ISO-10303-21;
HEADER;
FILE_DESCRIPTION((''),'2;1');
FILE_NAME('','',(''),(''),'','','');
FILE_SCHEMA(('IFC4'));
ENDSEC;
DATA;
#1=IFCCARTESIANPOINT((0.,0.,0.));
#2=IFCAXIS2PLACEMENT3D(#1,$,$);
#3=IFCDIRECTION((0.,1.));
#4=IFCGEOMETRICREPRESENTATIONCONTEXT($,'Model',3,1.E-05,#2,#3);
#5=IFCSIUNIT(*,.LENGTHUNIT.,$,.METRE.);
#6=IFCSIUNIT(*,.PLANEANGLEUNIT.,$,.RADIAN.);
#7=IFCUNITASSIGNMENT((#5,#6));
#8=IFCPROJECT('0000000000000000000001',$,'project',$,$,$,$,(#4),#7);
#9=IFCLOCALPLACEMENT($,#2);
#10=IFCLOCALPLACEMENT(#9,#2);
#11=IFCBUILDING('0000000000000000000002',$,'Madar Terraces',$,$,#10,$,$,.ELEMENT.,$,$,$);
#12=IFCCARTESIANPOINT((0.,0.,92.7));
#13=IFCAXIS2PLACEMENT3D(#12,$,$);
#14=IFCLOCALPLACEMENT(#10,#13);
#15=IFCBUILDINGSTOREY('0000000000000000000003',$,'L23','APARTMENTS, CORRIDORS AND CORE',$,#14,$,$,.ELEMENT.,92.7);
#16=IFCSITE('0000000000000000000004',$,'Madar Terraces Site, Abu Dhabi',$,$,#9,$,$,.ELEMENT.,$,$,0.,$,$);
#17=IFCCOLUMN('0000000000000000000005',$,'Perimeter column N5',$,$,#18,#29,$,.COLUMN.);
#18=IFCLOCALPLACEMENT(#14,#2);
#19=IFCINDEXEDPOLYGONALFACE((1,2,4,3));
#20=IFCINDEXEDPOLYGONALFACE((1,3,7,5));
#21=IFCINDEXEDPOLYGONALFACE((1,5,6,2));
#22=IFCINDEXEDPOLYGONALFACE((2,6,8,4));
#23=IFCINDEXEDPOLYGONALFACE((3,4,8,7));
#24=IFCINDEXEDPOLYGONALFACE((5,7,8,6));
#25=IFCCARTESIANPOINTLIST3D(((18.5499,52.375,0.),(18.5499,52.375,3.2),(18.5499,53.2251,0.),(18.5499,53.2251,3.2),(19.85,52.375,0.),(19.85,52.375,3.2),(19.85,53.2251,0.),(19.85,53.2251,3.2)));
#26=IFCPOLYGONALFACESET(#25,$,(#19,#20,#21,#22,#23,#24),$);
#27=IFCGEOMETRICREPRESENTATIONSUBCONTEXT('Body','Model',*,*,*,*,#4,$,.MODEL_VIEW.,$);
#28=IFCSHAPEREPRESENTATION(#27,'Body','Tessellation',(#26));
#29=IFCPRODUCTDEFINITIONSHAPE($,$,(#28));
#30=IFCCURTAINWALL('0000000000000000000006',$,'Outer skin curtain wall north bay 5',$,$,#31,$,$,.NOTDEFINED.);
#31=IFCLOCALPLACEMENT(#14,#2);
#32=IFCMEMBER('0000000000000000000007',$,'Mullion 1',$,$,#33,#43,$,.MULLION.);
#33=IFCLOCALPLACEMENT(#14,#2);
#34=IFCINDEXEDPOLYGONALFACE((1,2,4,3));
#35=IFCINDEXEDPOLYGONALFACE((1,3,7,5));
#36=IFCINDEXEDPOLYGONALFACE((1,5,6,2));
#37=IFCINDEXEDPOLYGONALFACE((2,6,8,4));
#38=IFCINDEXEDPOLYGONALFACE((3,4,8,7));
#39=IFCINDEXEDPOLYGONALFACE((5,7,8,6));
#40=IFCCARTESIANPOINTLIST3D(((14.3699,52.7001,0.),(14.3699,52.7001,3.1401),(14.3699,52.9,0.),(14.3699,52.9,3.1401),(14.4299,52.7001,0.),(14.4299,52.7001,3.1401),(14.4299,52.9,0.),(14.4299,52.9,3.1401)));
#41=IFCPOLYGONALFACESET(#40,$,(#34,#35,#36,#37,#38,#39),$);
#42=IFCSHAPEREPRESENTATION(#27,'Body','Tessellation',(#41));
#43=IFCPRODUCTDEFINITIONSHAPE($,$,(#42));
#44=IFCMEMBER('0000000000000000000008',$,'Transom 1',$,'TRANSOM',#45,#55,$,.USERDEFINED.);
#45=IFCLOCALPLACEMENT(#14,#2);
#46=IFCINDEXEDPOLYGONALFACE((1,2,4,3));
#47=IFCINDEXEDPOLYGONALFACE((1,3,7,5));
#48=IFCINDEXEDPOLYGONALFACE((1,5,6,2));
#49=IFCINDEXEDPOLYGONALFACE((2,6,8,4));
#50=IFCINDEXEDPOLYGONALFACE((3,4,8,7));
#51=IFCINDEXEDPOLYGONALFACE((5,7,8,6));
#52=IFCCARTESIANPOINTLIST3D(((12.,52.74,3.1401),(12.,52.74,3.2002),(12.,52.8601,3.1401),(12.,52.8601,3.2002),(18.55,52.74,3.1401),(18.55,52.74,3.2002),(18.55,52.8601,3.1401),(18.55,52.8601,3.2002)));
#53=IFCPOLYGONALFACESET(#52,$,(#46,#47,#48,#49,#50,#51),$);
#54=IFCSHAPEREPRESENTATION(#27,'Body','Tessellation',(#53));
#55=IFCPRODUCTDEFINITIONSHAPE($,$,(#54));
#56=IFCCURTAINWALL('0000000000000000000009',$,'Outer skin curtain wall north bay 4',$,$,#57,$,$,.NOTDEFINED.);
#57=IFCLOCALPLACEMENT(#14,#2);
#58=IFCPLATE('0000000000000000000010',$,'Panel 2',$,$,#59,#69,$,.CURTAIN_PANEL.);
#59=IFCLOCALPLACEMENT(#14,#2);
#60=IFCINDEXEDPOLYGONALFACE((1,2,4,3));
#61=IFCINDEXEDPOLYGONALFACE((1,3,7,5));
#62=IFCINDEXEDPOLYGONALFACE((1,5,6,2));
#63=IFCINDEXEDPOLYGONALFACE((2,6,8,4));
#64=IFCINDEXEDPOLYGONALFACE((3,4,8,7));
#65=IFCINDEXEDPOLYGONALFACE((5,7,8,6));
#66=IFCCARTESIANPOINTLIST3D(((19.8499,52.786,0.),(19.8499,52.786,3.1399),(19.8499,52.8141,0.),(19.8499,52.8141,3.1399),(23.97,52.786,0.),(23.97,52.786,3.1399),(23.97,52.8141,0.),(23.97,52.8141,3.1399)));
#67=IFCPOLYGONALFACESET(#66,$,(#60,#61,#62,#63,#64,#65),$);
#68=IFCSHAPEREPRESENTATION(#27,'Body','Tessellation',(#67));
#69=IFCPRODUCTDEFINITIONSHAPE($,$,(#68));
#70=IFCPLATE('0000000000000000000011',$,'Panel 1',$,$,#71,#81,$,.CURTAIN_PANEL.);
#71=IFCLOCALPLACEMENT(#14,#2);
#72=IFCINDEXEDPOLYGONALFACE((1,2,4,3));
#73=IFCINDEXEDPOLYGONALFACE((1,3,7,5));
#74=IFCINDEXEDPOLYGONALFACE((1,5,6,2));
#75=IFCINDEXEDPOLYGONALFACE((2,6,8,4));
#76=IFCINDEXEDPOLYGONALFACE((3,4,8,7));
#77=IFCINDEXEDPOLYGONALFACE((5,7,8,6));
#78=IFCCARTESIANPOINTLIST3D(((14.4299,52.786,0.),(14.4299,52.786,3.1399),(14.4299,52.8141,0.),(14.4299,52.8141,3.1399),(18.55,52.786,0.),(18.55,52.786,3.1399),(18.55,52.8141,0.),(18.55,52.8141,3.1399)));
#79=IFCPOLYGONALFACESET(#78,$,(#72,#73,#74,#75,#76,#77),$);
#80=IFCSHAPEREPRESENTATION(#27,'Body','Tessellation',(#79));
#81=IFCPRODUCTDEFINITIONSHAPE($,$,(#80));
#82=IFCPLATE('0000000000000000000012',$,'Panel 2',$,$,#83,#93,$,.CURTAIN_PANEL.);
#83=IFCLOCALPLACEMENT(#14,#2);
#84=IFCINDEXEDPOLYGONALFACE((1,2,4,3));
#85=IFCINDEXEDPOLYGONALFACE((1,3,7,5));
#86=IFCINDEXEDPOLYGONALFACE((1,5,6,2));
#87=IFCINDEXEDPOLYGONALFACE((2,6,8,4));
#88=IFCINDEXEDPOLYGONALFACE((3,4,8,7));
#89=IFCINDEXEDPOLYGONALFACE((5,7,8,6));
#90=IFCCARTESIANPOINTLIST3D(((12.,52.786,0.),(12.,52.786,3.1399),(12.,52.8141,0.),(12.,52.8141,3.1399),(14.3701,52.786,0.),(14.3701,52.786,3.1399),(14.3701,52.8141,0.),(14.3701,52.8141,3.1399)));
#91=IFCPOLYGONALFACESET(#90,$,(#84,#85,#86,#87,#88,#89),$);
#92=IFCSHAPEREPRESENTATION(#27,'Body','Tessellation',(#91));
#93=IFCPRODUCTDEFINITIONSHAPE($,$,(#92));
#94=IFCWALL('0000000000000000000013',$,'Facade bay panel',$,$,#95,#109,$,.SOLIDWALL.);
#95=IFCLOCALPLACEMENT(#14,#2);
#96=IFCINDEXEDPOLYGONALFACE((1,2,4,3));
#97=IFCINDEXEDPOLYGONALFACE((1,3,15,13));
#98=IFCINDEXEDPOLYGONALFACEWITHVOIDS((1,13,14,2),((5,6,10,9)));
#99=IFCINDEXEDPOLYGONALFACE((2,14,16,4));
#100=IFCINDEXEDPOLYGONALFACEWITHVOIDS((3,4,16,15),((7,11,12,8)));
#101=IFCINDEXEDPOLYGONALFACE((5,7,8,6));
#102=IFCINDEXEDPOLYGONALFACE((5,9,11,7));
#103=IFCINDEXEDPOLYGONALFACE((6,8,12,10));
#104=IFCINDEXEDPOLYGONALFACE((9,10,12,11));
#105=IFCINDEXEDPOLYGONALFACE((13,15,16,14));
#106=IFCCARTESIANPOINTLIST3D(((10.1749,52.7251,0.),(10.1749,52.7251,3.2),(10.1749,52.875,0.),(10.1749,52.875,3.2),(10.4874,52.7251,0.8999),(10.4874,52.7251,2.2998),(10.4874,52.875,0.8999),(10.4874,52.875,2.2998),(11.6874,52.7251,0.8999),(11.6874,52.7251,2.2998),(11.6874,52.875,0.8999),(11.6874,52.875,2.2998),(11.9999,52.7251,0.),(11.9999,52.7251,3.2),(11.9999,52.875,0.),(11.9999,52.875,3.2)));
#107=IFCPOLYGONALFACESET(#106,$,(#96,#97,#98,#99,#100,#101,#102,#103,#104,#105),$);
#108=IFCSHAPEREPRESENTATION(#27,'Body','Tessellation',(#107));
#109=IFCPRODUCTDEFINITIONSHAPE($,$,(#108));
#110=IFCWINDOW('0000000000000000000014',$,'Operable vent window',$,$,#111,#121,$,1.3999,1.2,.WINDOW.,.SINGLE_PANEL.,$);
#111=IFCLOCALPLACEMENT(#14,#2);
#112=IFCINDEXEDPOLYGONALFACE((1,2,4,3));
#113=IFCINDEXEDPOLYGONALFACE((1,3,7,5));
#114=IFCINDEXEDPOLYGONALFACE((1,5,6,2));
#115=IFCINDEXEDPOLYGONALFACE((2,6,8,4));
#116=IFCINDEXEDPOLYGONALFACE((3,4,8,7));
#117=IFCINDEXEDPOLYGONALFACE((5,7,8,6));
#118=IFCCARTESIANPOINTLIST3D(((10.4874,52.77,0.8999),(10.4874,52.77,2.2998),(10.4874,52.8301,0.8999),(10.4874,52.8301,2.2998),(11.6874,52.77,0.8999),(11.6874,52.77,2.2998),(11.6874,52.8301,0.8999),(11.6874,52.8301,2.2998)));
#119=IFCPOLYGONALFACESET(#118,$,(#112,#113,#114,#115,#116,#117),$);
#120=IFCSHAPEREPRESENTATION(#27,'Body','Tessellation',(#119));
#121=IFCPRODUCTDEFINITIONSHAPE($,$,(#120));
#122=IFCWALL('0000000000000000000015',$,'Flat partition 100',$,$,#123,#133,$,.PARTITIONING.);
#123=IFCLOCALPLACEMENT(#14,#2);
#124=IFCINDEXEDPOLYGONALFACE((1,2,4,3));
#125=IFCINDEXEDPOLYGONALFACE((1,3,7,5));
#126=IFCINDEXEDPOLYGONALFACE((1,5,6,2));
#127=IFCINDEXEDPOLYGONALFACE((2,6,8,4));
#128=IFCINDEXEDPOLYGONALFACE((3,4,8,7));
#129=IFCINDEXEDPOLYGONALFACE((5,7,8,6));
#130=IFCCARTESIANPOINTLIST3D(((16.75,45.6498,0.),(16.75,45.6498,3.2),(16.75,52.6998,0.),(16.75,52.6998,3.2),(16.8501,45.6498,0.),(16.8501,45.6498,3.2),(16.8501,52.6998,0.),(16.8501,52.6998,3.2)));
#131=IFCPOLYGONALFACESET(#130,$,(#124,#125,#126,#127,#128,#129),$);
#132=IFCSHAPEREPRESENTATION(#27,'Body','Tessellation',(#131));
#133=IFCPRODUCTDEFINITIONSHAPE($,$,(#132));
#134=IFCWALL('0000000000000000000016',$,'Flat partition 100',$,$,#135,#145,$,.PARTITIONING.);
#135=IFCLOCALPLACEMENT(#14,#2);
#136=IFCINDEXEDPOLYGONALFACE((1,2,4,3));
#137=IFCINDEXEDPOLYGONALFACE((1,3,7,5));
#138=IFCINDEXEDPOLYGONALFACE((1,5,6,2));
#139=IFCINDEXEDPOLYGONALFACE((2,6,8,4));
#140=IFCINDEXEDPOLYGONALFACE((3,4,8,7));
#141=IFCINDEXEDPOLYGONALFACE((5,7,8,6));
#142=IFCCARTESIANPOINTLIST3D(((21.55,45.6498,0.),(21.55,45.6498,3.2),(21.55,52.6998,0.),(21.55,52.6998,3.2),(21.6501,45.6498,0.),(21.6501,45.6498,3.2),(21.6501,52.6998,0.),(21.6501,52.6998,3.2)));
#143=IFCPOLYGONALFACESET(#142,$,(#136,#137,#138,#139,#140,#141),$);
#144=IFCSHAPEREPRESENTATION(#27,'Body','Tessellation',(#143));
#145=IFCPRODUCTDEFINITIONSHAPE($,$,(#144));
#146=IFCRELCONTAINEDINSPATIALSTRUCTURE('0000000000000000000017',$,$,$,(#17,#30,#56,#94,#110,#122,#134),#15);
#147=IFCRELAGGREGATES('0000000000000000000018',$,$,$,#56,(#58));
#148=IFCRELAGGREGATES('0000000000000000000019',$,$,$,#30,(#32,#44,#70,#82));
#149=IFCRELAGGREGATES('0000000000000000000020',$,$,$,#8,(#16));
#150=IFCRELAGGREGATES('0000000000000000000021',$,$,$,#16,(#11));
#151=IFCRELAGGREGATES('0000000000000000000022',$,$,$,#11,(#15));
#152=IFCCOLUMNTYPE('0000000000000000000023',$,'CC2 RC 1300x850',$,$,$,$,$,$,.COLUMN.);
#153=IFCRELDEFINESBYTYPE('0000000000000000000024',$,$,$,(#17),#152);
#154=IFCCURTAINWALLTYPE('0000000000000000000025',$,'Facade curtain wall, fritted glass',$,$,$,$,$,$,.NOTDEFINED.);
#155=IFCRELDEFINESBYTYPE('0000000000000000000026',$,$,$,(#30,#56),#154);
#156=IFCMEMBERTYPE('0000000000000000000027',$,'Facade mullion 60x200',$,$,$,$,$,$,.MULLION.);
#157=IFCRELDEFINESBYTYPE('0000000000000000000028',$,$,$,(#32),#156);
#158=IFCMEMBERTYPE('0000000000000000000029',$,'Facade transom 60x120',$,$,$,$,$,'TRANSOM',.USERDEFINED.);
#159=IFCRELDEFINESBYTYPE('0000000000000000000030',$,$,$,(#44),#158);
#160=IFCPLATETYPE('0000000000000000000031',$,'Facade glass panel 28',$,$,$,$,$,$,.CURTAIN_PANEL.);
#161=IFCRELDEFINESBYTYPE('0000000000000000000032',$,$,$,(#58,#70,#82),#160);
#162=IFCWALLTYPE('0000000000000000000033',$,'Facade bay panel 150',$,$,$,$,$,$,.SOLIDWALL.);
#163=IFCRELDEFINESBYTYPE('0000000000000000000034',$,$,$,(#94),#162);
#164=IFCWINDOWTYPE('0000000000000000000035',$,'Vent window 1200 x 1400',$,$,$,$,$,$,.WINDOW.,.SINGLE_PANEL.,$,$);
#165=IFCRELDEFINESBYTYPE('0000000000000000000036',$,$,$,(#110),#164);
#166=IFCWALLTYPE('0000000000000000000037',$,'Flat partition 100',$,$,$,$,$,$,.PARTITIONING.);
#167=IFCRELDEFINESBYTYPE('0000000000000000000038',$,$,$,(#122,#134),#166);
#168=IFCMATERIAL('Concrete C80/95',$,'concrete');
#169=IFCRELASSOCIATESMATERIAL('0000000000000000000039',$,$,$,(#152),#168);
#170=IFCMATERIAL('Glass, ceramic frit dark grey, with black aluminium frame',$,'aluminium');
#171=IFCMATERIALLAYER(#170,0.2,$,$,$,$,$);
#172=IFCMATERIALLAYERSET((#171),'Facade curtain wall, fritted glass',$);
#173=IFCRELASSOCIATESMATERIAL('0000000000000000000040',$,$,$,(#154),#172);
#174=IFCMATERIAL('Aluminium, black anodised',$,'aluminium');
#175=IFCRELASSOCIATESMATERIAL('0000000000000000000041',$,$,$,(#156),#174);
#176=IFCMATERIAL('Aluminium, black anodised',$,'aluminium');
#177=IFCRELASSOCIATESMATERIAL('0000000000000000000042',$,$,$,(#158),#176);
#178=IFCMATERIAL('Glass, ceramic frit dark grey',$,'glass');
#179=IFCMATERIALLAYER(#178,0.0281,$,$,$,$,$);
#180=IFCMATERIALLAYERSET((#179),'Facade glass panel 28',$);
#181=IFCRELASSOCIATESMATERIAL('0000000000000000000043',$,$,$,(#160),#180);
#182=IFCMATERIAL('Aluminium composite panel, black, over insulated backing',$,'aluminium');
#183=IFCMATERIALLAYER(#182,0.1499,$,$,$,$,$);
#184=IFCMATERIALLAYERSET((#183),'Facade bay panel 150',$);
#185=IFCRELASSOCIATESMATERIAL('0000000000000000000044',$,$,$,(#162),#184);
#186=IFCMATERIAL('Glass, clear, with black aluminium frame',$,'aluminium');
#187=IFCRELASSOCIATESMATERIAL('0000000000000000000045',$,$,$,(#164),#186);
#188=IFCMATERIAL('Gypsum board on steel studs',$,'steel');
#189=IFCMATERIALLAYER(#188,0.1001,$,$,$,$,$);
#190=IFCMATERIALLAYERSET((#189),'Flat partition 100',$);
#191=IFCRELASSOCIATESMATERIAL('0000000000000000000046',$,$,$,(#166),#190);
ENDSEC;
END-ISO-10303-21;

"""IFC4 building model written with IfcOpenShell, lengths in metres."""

from ifc_helpers import new_model, si_unit, direction, frame, frame_2d, origin, origin_2d, place, context, subcontext, project, spatial, rectangle, extrude, material, layer, layer_set, material_profile, profile_set, type_object, element, fill, aggregate, save


model = new_model("IFC4")

# Units and contexts
model_context = context("Model", 3, precision=1e-05, world=origin(), true_north=direction((0.0, 1.0)))
body_context = subcontext(model_context, "Body", "Model", "MODEL_VIEW")
ifc_project = project(units=[si_unit("LENGTHUNIT", "METRE"), si_unit("PLANEANGLEUNIT", "RADIAN")], contexts=[model_context])

# Site, building, storey
site_placement = place(None, origin())
site = spatial("IfcSite", under=ifc_project, at=site_placement, Name="Madar Terraces Site, Abu Dhabi", CompositionType="ELEMENT", RefElevation=0.0)
building_placement = place(site_placement, origin())
building = spatial("IfcBuilding", under=site, at=building_placement, Name="Madar Terraces", CompositionType="ELEMENT")
storey_placement = place(building_placement, frame((0.0, 0.0, 92.7)))
storey = spatial("IfcBuildingStorey", under=building, at=storey_placement, Name="L23", Description="APARTMENTS, CORRIDORS AND CORE", CompositionType="ELEMENT", Elevation=92.7)

# Column
ifc_material_1 = material(Name="Concrete C80/95", Category="concrete")
ifc_material_profile_1 = material_profile(ifc_material_1, rectangle(XDim=1.3, YDim=0.8501, at=origin_2d()), Name="CC2 RC 1300x850")
ifc_profile_set_1 = profile_set([ifc_material_profile_1], Name="Concrete C80/95")
column_type = type_object("IfcColumnType", Name="CC2 RC 1300x850", PredefinedType="COLUMN", material=ifc_profile_set_1)
column_placement = place(storey_placement, frame((19.2, 52.8, 0.0), z_axis=(0.0, 0.0, 1.0), x_axis=(1.0, 0.0, 0.0)))
element("IfcColumn", 1, at=column_placement, inside=storey, type_object=column_type, Name="Perimeter column N5", PredefinedType="COLUMN", context=body_context, shape_type="SweptSolid", body=[
    extrude(rectangle(XDim=1.3, YDim=0.8501, at=origin_2d()), origin(), (0.0, 0.0, 1.0), 3.2),
])

# Curtain wall, members
ifc_material_2 = material(Name="Glass, ceramic frit dark grey, with black aluminium frame", Category="aluminium")
ifc_layer_1 = layer(ifc_material_2, 0.2)
ifc_layer_set_1 = layer_set([ifc_layer_1], Name="Facade curtain wall, fritted glass")
curtain_wall_type = type_object("IfcCurtainWallType", Name="Facade curtain wall, fritted glass", PredefinedType="NOTDEFINED", material=ifc_layer_set_1)
curtain_wall_1_placement = place(storey_placement, origin())
curtain_wall_1 = element("IfcCurtainWall", 2, at=curtain_wall_1_placement, inside=storey, type_object=curtain_wall_type, Name="Outer skin curtain wall north bay 5", PredefinedType="NOTDEFINED")
ifc_material_3 = material(Name="Aluminium, black anodised", Category="aluminium")
ifc_material_profile_2 = material_profile(ifc_material_3, rectangle(XDim=0.2, YDim=0.0601, at=origin_2d()), Name="Facade mullion 60x200")
ifc_profile_set_2 = profile_set([ifc_material_profile_2], Name="Aluminium, black anodised")
member_type_1 = type_object("IfcMemberType", Name="Facade mullion 60x200", PredefinedType="MULLION", material=ifc_profile_set_2)
member_1_placement = place(storey_placement, frame((14.3999, 52.8, 0.0), z_axis=(0.0, 0.0, 1.0), x_axis=(0.0, -1.0, 0.0)))
member_1 = element("IfcMember", 3, at=member_1_placement, type_object=member_type_1, Name="Mullion 1", PredefinedType="MULLION", context=body_context, shape_type="SweptSolid", body=[
    extrude(rectangle(XDim=0.2, YDim=0.0601, at=origin_2d()), origin(), (0.0, 0.0, 1.0), 3.1401),
])
ifc_material_4 = material(Name="Aluminium, black anodised", Category="aluminium")
ifc_material_profile_3 = material_profile(ifc_material_4, rectangle(XDim=0.1201, YDim=0.0601, at=origin_2d()), Name="Facade transom 60x120")
ifc_profile_set_3 = profile_set([ifc_material_profile_3], Name="Aluminium, black anodised")
member_type_2 = type_object("IfcMemberType", Name="Facade transom 60x120", ElementType="TRANSOM", PredefinedType="USERDEFINED", material=ifc_profile_set_3)
member_2_placement = place(storey_placement, frame((18.55, 52.8, 3.1702), z_axis=(-1.0, 0.0, 0.0), x_axis=(0.0, -1.0, 0.0)))
member_2 = element("IfcMember", 4, at=member_2_placement, type_object=member_type_2, Name="Transom 1", ObjectType="TRANSOM", PredefinedType="USERDEFINED", context=body_context, shape_type="SweptSolid", body=[
    extrude(rectangle(XDim=0.1201, YDim=0.0601, at=origin_2d()), origin(), (0.0, 0.0, 1.0), 6.55),
])

# Curtain wall, plate
curtain_wall_2_placement = place(storey_placement, origin())
curtain_wall_2 = element("IfcCurtainWall", 5, at=curtain_wall_2_placement, inside=storey, type_object=curtain_wall_type, Name="Outer skin curtain wall north bay 4", PredefinedType="NOTDEFINED")
ifc_material_5 = material(Name="Glass, ceramic frit dark grey", Category="glass")
ifc_layer_2 = layer(ifc_material_5, 0.0281)
ifc_layer_set_2 = layer_set([ifc_layer_2], Name="Facade glass panel 28")
plate_type = type_object("IfcPlateType", Name="Facade glass panel 28", PredefinedType="CURTAIN_PANEL", material=ifc_layer_set_2)
plate_1_placement = place(storey_placement, frame((21.9099, 52.8, 0.0), z_axis=(0.0, 0.0, 1.0), x_axis=(-1.0, 0.0, 0.0)))
plate_1 = element("IfcPlate", 6, at=plate_1_placement, type_object=plate_type, Name="Panel 2", PredefinedType="CURTAIN_PANEL", context=body_context, shape_type="SweptSolid", body=[
    extrude(rectangle(XDim=4.1201, YDim=0.0281, at=origin_2d()), origin(), (0.0, 0.0, 1.0), 3.1399),
])
aggregate(curtain_wall_2, [plate_1])

# Plates
plate_2_placement = place(storey_placement, frame((16.49, 52.8, 0.0), z_axis=(0.0, 0.0, 1.0), x_axis=(-1.0, 0.0, 0.0)))
plate_2 = element("IfcPlate", 7, at=plate_2_placement, type_object=plate_type, Name="Panel 1", PredefinedType="CURTAIN_PANEL", context=body_context, shape_type="SweptSolid", body=[
    extrude(rectangle(XDim=4.1201, YDim=0.0281, at=origin_2d()), origin(), (0.0, 0.0, 1.0), 3.1399),
])
plate_3_placement = place(storey_placement, frame((13.1851, 52.8, 0.0), z_axis=(0.0, 0.0, 1.0), x_axis=(-1.0, 0.0, 0.0)))
plate_3 = element("IfcPlate", 8, at=plate_3_placement, type_object=plate_type, Name="Panel 2", PredefinedType="CURTAIN_PANEL", context=body_context, shape_type="SweptSolid", body=[
    extrude(rectangle(XDim=2.3701, YDim=0.0281, at=origin_2d()), origin(), (0.0, 0.0, 1.0), 3.1399),
])
aggregate(curtain_wall_1, [member_1, member_2, plate_2, plate_3])

# Wall, opening, window
ifc_material_6 = material(Name="Aluminium composite panel, black, over insulated backing", Category="aluminium")
ifc_layer_3 = layer(ifc_material_6, 0.1499)
ifc_layer_set_3 = layer_set([ifc_layer_3], Name="Facade bay panel 150")
wall_type_1 = type_object("IfcWallType", Name="Facade bay panel 150", PredefinedType="SOLIDWALL", material=ifc_layer_set_3)
wall_1_placement = place(storey_placement, frame((12.0, 52.8, 0.0), z_axis=(0.0, 0.0, 1.0), x_axis=(-1.0, 0.0, 0.0)))
wall_1 = element("IfcWall", 9, at=wall_1_placement, inside=storey, type_object=wall_type_1, Name="Facade bay panel", PredefinedType="SOLIDWALL", context=body_context, shape_type="SweptSolid", body=[
    extrude(rectangle(XDim=1.825, YDim=0.1499, at=frame_2d((0.9126, 0.0))), origin(), (0.0, 0.0, 1.0), 3.2),
])
opening_1_placement = place(wall_1_placement, frame((0.3125, 0.0, 0.8999)))
opening_1 = element("IfcOpeningElement", 10, at=opening_1_placement, cuts=wall_1, PredefinedType="OPENING", context=body_context, shape_type="SweptSolid", body=[
    extrude(rectangle(XDim=1.2, YDim=1.3999, at=frame_2d((0.6001, 0.7))), frame((0.0, 0.085, 0.0), z_axis=(0.0, -1.0, 0.0), x_axis=(1.0, 0.0, 0.0)), (0.0, 0.0, 1.0), 0.1699),
])
ifc_material_7 = material(Name="Glass, clear, with black aluminium frame", Category="aluminium")
window_type = type_object("IfcWindowType", Name="Vent window 1200 x 1400", PartitioningType="SINGLE_PANEL", PredefinedType="WINDOW", material=ifc_material_7)
window_placement = place(opening_1_placement, origin())
window = element("IfcWindow", 11, at=window_placement, inside=storey, type_object=window_type, Name="Operable vent window", OverallHeight=1.3999, OverallWidth=1.2, PartitioningType="SINGLE_PANEL", PredefinedType="WINDOW", context=body_context, shape_type="SweptSolid", body=[
    extrude(rectangle(XDim=1.2, YDim=1.3999, at=frame_2d((0.6001, 0.7))), frame((0.0, 0.03, 0.0), z_axis=(0.0, -1.0, 0.0), x_axis=(1.0, 0.0, 0.0)), (0.0, 0.0, 1.0), 0.0601),
])
fill(opening_1, window)

# Walls
ifc_material_8 = material(Name="Gypsum board on steel studs", Category="steel")
ifc_layer_4 = layer(ifc_material_8, 0.1001)
ifc_layer_set_4 = layer_set([ifc_layer_4], Name="Flat partition 100")
wall_type_2 = type_object("IfcWallType", Name="Flat partition 100", PredefinedType="PARTITIONING", material=ifc_layer_set_4)
for number, where, z_axis, x_axis, name in (
    (12, (16.8, 45.6499, 0.0), (0.0, 0.0, 1.0), (0.0, 1.0, 0.0), "Flat partition 100"),
    (13, (21.6001, 45.6499, 0.0), (0.0, 0.0, 1.0), (0.0, 1.0, 0.0), "Flat partition 100"),
):
    element("IfcWall", number, at=place(storey_placement, frame(where, z_axis=z_axis, x_axis=x_axis)), inside=storey, type_object=wall_type_2, Name=name, PredefinedType="PARTITIONING", context=body_context, shape_type="SweptSolid", body=[
        extrude(rectangle(XDim=7.05, YDim=0.1001, at=frame_2d((3.5249, 0.0))), origin(), (0.0, 0.0, 1.0), 3.2),
    ])

save(model, "model.ifc")
